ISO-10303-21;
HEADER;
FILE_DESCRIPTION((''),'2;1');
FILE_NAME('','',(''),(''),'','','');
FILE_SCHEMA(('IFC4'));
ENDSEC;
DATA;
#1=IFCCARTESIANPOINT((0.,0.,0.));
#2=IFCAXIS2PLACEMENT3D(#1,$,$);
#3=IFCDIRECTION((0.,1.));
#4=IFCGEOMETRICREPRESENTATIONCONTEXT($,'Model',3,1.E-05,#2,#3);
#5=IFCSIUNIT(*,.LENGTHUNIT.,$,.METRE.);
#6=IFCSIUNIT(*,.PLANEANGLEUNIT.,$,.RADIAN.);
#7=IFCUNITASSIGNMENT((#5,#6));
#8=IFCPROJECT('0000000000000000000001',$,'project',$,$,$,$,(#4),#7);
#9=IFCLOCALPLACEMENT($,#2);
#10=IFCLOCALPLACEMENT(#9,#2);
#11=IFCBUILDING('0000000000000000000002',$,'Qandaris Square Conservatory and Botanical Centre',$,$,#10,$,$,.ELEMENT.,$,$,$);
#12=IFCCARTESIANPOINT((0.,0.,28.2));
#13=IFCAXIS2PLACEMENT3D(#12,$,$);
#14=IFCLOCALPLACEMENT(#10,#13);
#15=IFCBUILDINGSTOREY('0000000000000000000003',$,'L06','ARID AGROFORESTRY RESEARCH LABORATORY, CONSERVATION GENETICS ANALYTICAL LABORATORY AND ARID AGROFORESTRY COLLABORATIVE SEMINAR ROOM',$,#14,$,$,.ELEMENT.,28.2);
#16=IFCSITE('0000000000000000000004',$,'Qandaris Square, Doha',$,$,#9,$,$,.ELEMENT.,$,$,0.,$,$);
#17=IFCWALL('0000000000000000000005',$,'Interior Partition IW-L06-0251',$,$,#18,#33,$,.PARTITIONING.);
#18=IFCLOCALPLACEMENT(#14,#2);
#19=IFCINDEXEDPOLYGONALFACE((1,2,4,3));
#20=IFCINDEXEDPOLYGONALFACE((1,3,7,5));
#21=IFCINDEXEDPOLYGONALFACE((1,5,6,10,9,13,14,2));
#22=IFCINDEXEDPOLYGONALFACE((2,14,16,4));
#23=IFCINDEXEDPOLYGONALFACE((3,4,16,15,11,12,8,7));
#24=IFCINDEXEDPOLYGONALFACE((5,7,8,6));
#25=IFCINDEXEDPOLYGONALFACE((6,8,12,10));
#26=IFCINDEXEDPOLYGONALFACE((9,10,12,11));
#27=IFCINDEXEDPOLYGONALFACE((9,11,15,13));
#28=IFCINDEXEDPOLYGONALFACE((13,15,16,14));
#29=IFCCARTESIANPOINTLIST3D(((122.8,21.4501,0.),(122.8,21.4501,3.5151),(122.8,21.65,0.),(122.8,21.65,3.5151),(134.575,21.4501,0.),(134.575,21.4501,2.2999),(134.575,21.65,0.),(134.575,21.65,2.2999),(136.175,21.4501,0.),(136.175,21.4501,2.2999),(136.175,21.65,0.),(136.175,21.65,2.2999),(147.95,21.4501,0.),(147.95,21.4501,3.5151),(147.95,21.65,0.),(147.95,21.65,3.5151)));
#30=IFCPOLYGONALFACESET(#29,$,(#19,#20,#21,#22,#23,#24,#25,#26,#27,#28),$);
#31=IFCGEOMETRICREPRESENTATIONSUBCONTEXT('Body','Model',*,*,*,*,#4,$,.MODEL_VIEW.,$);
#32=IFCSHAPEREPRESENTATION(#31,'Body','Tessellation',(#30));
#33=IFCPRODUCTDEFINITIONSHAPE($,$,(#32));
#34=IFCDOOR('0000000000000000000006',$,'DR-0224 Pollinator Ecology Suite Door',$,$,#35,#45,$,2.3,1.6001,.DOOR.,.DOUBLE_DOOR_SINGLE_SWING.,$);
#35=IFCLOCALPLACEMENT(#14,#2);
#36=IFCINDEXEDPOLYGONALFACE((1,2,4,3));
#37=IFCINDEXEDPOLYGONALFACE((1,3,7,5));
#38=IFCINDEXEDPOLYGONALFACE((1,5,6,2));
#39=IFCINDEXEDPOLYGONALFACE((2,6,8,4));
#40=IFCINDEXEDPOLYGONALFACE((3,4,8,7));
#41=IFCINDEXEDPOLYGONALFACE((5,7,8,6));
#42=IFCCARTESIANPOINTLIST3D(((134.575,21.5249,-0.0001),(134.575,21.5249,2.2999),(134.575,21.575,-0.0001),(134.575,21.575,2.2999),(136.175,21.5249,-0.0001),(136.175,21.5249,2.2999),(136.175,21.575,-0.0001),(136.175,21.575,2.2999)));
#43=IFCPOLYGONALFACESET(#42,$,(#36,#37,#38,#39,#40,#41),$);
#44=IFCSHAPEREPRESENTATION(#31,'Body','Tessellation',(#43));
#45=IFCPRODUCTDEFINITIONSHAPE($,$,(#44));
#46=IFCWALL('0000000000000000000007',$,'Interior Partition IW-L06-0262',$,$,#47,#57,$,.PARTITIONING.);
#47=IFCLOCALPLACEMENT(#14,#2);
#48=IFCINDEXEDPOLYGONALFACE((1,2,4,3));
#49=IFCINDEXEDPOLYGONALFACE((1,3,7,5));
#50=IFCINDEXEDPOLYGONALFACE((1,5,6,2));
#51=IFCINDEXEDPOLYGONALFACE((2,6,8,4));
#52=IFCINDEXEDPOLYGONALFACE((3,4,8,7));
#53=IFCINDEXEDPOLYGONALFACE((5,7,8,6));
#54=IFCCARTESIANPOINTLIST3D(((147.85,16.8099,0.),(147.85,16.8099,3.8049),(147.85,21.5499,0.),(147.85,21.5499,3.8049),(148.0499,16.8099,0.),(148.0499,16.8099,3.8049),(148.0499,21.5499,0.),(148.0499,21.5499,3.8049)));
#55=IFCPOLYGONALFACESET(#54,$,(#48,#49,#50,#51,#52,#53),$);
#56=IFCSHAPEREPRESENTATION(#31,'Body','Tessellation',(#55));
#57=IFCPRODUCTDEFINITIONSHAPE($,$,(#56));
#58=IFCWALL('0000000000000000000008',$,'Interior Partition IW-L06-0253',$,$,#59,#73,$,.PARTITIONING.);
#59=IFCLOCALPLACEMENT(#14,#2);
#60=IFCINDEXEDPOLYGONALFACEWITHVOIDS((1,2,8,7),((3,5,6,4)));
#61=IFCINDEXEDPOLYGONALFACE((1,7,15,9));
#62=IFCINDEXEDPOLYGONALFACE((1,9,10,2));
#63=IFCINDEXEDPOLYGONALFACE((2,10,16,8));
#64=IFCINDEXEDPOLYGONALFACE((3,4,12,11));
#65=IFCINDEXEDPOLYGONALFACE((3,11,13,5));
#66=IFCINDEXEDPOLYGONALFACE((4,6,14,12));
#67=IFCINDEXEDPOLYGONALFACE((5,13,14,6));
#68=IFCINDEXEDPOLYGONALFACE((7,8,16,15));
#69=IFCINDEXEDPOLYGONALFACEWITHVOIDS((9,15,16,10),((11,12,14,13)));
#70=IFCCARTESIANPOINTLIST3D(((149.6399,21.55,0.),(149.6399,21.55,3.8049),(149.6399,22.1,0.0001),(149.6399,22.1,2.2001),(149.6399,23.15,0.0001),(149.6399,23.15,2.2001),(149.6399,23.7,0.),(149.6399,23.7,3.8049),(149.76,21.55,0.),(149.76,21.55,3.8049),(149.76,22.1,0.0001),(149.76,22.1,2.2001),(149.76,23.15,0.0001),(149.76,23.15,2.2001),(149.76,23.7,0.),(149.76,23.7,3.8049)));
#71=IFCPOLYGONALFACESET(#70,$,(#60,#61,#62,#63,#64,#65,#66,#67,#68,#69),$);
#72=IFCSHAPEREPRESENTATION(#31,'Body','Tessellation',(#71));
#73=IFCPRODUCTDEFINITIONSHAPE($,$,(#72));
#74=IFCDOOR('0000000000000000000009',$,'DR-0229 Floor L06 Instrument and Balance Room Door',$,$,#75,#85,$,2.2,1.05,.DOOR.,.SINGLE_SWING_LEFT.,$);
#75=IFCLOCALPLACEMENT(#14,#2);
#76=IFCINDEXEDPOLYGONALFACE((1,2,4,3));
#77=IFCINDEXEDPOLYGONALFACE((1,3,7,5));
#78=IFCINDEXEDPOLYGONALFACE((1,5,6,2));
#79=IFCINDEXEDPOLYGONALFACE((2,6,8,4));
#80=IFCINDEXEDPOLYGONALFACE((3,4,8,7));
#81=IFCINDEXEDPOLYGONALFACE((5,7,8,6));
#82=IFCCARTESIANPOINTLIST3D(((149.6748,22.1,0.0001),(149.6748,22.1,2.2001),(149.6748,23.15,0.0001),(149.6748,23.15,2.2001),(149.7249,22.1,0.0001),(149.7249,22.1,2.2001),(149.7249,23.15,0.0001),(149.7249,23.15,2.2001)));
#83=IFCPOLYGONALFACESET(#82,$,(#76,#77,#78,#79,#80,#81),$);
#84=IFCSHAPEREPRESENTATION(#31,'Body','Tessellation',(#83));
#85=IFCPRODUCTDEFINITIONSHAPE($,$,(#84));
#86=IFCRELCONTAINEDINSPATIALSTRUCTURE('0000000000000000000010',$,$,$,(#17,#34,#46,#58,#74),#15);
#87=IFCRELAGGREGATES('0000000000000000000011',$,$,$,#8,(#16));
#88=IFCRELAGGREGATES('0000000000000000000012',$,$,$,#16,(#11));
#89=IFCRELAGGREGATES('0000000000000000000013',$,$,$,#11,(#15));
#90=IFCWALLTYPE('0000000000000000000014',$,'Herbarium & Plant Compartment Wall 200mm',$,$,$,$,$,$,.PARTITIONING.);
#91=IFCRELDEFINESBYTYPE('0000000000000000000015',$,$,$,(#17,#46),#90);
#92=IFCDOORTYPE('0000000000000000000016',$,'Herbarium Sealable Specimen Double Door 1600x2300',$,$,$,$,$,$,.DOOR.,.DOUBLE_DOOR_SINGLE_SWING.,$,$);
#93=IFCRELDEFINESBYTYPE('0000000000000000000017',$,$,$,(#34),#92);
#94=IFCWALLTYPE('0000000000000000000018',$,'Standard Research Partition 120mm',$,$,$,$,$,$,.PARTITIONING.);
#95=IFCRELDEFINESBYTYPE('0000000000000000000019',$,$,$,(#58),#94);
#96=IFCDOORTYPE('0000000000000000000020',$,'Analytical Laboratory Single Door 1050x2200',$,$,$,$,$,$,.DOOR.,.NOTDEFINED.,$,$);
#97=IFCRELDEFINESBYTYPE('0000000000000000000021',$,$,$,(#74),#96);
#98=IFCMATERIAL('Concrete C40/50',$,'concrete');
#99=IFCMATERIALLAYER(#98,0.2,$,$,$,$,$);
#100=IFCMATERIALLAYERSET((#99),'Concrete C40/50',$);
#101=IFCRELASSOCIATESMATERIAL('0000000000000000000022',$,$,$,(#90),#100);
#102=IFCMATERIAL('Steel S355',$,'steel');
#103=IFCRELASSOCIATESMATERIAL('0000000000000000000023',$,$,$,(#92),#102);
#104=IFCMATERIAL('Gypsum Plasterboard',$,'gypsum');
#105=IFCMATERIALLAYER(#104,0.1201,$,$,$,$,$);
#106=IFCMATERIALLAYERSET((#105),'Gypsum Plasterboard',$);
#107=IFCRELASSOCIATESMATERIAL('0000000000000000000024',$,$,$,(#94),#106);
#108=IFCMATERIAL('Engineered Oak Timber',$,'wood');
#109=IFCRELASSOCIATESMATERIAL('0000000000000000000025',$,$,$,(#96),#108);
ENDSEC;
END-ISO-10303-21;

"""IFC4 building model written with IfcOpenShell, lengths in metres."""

from ifc_helpers import new_model, si_unit, direction, frame, frame_2d, origin, place, context, subcontext, project, spatial, rectangle, extrude, material, layer, layer_set, type_object, element, fill, save


model = new_model("IFC4")

# Units and contexts
model_context = context("Model", 3, precision=1e-05, world=origin(), true_north=direction((0.0, 1.0)))
body_context = subcontext(model_context, "Body", "Model", "MODEL_VIEW")
ifc_project = project(units=[si_unit("LENGTHUNIT", "METRE"), si_unit("PLANEANGLEUNIT", "RADIAN")], contexts=[model_context])

# Site, building, storey
site_placement = place(None, origin())
site = spatial("IfcSite", under=ifc_project, at=site_placement, Name="Qandaris Square, Doha", CompositionType="ELEMENT", RefElevation=0.0)
building_placement = place(site_placement, origin())
building = spatial("IfcBuilding", under=site, at=building_placement, Name="Qandaris Square Conservatory and Botanical Centre", CompositionType="ELEMENT")
storey_placement = place(building_placement, frame((0.0, 0.0, 28.2)))
storey = spatial("IfcBuildingStorey", under=building, at=storey_placement, Name="L06", Description="ARID AGROFORESTRY RESEARCH LABORATORY, CONSERVATION GENETICS ANALYTICAL LABORATORY AND ARID AGROFORESTRY COLLABORATIVE SEMINAR ROOM", CompositionType="ELEMENT", Elevation=28.2)

# Shared definitions
ifc_material_1 = material(Name="Steel S355", Category="steel")

# Shared definitions
ifc_material_2 = material(Name="Gypsum Plasterboard", Category="gypsum")

# Wall, opening, door
ifc_material_3 = material(Name="Concrete C40/50", Category="concrete")
ifc_layer_1 = layer(ifc_material_3, 0.2)
ifc_layer_set_1 = layer_set([ifc_layer_1], Name="Concrete C40/50")
wall_type_1 = type_object("IfcWallType", Name="Herbarium & Plant Compartment Wall 200mm", PredefinedType="PARTITIONING", material=ifc_layer_set_1)
wall_1_placement = place(storey_placement, frame((147.95, 21.55, 0.0), z_axis=(0.0, 0.0, 1.0), x_axis=(-1.0, 0.0, 0.0)))
wall_1 = element("IfcWall", 1, at=wall_1_placement, inside=storey, type_object=wall_type_1, Name="Interior Partition IW-L06-0251", PredefinedType="PARTITIONING", context=body_context, shape_type="SweptSolid", body=[
    extrude(rectangle(XDim=25.1499, YDim=0.2, at=frame_2d((12.575, 0.0))), origin(), (0.0, 0.0, 1.0), 3.5151),
])
opening_1_placement = place(wall_1_placement, frame((11.7749, 0.0, 0.0)))
opening_1 = element("IfcOpeningElement", 2, at=opening_1_placement, cuts=wall_1, PredefinedType="OPENING", context=body_context, shape_type="SweptSolid", body=[
    extrude(rectangle(XDim=1.6001, YDim=2.3, at=frame_2d((0.8, 1.1499))), frame((0.0, 0.1118, 0.0), z_axis=(0.0, -1.0, 0.0), x_axis=(1.0, 0.0, 0.0)), (0.0, 0.0, 1.0), 0.2239),
])
door_type_1 = type_object("IfcDoorType", Name="Herbarium Sealable Specimen Double Door 1600x2300", OperationType="DOUBLE_DOOR_SINGLE_SWING", PredefinedType="DOOR", material=ifc_material_1)
door_1_placement = place(opening_1_placement, frame((1.6001, 0.0, 0.0), z_axis=(0.0, 0.0, 1.0), x_axis=(-1.0, 0.0, 0.0)))
door_1 = element("IfcDoor", 3, at=door_1_placement, inside=storey, type_object=door_type_1, Name="DR-0224 Pollinator Ecology Suite Door", OperationType="DOUBLE_DOOR_SINGLE_SWING", OverallHeight=2.3, OverallWidth=1.6001, PredefinedType="DOOR", context=body_context, shape_type="SweptSolid", body=[
    extrude(rectangle(XDim=1.6001, YDim=2.3, at=frame_2d((0.8, 1.1499))), frame((0.0, 0.0249, 0.0), z_axis=(0.0, -1.0, 0.0), x_axis=(1.0, 0.0, 0.0)), (0.0, 0.0, 1.0), 0.05),
])
fill(opening_1, door_1)

# Wall
wall_2_placement = place(storey_placement, frame((147.95, 21.55, 0.0), z_axis=(0.0, 0.0, 1.0), x_axis=(0.0, -1.0, 0.0)))
element("IfcWall", 4, at=wall_2_placement, inside=storey, type_object=wall_type_1, Name="Interior Partition IW-L06-0262", PredefinedType="PARTITIONING", context=body_context, shape_type="SweptSolid", body=[
    extrude(rectangle(XDim=4.74, YDim=0.2, at=frame_2d((2.3701, 0.0))), origin(), (0.0, 0.0, 1.0), 3.8049),
])

# Wall, opening, door
ifc_layer_2 = layer(ifc_material_2, 0.1201)
ifc_layer_set_2 = layer_set([ifc_layer_2], Name="Gypsum Plasterboard")
wall_type_2 = type_object("IfcWallType", Name="Standard Research Partition 120mm", PredefinedType="PARTITIONING", material=ifc_layer_set_2)
wall_3_placement = place(storey_placement, frame((149.7, 23.7, 0.0), z_axis=(0.0, 0.0, 1.0), x_axis=(0.0, -1.0, 0.0)))
wall_3 = element("IfcWall", 5, at=wall_3_placement, inside=storey, type_object=wall_type_2, Name="Interior Partition IW-L06-0253", PredefinedType="PARTITIONING", context=body_context, shape_type="SweptSolid", body=[
    extrude(rectangle(XDim=2.1499, YDim=0.1201, at=frame_2d((1.075, 0.0))), origin(), (0.0, 0.0, 1.0), 3.8049),
])
opening_2_placement = place(wall_3_placement, frame((0.55, 0.0, 0.0)))
opening_2 = element("IfcOpeningElement", 6, at=opening_2_placement, cuts=wall_3, PredefinedType="OPENING", context=body_context, shape_type="SweptSolid", body=[
    extrude(rectangle(XDim=1.05, YDim=2.2, at=frame_2d((0.5249, 1.1001))), frame((0.0, 0.072, 0.0), z_axis=(0.0, -1.0, 0.0), x_axis=(1.0, 0.0, 0.0)), (0.0, 0.0, 1.0), 0.144),
])
ifc_material_4 = material(Name="Engineered Oak Timber", Category="wood")
door_type_2 = type_object("IfcDoorType", Name="Analytical Laboratory Single Door 1050x2200", OperationType="NOTDEFINED", PredefinedType="DOOR", material=ifc_material_4)
door_2_placement = place(opening_2_placement, origin())
door_2 = element("IfcDoor", 7, at=door_2_placement, inside=storey, type_object=door_type_2, Name="DR-0229 Floor L06 Instrument and Balance Room Door", OperationType="SINGLE_SWING_LEFT", OverallHeight=2.2, OverallWidth=1.05, PredefinedType="DOOR", context=body_context, shape_type="SweptSolid", body=[
    extrude(rectangle(XDim=1.05, YDim=2.2, at=frame_2d((0.5249, 1.1001))), frame((0.0, 0.0249, 0.0), z_axis=(0.0, -1.0, 0.0), x_axis=(1.0, 0.0, 0.0)), (0.0, 0.0, 1.0), 0.05),
])
fill(opening_2, door_2)

save(model, "model.ifc")
